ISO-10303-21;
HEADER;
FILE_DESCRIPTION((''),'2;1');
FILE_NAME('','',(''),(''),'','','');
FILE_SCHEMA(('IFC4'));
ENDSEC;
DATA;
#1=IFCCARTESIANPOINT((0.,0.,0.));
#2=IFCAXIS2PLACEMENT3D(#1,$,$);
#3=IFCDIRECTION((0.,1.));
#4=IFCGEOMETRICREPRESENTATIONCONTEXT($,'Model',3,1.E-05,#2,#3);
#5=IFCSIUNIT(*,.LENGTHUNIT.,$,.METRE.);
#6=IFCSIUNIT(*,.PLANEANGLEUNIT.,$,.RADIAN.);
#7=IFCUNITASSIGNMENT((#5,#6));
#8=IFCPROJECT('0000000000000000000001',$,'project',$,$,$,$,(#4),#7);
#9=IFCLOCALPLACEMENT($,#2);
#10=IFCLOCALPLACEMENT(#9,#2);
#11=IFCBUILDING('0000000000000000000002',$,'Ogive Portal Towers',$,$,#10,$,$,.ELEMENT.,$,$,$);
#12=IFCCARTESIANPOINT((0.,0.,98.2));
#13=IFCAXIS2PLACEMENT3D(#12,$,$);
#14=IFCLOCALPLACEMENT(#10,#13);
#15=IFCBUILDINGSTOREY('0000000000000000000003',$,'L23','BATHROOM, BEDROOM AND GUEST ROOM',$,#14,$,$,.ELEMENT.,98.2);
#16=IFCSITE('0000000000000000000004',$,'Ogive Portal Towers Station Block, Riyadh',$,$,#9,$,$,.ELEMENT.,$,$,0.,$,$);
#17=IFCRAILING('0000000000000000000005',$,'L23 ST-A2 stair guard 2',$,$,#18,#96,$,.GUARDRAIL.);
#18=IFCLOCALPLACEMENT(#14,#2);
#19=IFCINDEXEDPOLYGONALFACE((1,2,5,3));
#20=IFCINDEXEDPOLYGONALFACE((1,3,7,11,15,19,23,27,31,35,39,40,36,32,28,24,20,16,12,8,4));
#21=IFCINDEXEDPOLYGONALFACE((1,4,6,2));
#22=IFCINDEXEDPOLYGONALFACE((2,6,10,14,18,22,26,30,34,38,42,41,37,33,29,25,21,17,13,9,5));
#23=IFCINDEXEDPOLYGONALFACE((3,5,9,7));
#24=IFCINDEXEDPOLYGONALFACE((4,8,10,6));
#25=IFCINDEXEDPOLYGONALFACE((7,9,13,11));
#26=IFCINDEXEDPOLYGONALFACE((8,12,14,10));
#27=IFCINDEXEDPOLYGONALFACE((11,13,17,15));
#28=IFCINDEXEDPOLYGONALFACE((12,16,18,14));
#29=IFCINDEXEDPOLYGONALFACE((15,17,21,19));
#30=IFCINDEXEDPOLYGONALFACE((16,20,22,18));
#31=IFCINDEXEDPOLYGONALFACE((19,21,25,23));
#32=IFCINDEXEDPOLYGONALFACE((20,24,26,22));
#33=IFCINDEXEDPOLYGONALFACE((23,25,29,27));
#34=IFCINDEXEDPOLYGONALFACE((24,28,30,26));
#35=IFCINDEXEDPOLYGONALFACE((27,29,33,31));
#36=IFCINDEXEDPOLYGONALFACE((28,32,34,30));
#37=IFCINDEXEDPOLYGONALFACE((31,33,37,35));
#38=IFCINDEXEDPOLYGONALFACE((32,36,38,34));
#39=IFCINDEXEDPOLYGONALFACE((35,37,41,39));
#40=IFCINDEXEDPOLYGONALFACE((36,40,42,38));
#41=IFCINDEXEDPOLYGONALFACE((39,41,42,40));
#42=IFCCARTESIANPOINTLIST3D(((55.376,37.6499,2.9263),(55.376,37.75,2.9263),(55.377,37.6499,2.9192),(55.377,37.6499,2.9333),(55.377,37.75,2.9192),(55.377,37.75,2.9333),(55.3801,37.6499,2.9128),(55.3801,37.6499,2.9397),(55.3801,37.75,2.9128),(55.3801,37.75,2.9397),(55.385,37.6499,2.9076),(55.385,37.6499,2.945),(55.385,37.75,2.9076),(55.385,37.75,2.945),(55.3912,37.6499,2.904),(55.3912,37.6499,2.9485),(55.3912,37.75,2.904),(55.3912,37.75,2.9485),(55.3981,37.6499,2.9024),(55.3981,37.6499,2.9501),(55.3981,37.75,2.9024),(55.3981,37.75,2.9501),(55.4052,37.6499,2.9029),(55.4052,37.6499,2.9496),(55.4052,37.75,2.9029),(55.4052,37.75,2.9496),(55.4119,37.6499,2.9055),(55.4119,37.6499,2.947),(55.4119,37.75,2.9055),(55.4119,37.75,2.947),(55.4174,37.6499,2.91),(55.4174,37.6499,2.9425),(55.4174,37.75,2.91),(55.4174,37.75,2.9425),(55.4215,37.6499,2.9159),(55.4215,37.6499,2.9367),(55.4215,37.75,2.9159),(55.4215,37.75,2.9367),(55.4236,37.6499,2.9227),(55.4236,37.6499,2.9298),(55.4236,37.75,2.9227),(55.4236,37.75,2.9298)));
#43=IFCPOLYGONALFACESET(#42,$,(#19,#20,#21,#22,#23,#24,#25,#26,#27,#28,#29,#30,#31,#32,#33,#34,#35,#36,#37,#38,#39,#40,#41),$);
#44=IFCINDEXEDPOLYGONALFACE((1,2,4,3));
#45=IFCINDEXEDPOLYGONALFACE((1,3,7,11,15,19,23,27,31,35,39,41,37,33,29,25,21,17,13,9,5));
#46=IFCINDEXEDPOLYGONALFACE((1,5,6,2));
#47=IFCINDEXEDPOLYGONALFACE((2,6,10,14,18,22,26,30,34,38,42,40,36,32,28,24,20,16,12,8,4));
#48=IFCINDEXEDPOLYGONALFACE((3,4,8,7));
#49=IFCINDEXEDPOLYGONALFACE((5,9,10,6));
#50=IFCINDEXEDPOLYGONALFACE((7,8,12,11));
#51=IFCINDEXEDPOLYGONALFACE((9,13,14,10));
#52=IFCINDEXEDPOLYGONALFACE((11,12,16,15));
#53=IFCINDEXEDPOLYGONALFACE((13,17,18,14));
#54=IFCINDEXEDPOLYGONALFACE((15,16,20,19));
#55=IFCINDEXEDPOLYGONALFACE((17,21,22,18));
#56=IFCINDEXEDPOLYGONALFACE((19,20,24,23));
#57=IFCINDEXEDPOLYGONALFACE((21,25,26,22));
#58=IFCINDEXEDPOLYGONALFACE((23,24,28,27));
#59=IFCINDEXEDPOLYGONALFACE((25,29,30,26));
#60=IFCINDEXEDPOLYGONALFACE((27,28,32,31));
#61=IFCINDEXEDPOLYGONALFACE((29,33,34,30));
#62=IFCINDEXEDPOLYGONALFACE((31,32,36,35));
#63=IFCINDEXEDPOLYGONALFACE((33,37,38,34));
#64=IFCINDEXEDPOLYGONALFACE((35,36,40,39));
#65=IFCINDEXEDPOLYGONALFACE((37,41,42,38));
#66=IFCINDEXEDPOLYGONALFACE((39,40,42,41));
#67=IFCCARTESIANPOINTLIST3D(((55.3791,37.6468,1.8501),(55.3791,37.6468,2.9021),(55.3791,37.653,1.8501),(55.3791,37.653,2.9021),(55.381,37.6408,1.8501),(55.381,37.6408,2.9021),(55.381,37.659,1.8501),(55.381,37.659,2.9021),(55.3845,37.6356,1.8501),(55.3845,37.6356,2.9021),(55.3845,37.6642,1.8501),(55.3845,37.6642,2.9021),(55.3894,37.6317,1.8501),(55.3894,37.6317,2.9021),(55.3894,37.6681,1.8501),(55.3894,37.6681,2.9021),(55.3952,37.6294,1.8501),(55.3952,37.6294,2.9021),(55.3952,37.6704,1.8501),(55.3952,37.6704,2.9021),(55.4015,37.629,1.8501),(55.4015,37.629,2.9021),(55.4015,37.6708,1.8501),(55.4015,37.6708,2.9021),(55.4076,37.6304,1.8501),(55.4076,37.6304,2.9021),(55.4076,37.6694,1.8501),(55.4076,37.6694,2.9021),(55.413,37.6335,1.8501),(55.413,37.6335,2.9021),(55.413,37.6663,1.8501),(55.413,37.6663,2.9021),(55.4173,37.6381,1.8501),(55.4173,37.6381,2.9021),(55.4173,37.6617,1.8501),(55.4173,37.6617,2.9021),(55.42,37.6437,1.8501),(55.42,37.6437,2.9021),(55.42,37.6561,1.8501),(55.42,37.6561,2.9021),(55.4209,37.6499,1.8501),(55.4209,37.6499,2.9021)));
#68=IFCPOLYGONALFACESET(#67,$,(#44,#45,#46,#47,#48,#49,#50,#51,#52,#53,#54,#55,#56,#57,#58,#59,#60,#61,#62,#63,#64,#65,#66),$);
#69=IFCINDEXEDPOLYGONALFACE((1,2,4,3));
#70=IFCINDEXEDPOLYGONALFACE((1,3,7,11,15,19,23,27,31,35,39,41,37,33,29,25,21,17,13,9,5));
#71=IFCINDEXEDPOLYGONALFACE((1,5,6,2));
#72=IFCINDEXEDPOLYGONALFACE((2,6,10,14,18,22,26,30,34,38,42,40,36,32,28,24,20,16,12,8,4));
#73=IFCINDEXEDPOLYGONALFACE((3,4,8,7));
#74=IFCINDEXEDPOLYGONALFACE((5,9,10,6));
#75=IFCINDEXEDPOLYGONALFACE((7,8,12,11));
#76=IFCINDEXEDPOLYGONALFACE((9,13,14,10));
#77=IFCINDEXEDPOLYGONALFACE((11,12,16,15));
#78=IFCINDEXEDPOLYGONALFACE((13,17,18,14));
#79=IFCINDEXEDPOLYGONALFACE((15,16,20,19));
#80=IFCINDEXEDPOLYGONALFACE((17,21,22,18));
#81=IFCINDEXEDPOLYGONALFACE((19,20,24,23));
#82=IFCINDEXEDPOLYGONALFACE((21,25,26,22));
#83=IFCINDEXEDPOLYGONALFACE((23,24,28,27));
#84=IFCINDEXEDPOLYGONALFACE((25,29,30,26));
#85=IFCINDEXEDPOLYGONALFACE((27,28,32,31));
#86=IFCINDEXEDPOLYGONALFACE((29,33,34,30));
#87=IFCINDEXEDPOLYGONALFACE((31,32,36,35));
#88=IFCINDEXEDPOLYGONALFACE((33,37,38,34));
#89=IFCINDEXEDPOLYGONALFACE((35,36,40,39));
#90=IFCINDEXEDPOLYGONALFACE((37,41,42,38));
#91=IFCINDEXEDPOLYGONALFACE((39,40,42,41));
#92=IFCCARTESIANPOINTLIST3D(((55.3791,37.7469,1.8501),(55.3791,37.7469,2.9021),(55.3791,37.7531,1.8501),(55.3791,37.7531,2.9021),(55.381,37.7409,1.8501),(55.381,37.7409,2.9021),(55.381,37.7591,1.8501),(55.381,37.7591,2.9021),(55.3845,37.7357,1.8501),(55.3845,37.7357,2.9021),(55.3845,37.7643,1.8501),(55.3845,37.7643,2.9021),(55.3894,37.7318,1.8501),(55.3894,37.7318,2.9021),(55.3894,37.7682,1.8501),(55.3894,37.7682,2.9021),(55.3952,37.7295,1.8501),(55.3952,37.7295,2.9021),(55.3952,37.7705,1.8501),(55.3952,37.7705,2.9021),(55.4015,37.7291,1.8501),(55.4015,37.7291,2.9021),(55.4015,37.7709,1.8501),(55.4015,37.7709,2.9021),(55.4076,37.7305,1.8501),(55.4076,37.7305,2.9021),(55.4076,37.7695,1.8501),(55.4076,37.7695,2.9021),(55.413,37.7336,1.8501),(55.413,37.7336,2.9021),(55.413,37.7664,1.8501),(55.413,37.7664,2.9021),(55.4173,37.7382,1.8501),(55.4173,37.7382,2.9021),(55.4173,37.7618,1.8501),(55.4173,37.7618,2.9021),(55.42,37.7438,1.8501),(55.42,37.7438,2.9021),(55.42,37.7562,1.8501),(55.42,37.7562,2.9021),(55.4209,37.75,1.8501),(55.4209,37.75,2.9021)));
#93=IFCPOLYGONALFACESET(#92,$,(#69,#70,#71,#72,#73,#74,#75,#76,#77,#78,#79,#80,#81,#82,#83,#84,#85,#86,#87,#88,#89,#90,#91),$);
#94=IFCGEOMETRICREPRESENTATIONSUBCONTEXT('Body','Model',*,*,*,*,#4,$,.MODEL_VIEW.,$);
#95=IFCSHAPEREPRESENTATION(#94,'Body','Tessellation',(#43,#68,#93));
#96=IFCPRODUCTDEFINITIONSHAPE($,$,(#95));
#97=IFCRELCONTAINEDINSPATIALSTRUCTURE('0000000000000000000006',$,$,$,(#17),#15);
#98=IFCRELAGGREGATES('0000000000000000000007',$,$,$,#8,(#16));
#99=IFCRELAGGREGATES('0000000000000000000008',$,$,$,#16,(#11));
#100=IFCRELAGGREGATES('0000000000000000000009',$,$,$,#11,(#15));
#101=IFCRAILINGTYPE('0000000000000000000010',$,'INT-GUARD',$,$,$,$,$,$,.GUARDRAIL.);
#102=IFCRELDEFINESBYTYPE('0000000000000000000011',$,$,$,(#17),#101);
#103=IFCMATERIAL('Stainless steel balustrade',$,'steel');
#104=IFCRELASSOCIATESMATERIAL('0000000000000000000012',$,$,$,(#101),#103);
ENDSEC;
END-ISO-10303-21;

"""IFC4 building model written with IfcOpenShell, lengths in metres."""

from ifc_helpers import new_model, si_unit, direction, frame, origin, origin_2d, place, context, subcontext, project, spatial, circle, extrude, material, type_object, element, save


model = new_model("IFC4")

# Units and contexts
model_context = context("Model", 3, precision=1e-05, world=origin(), true_north=direction((0.0, 1.0)))
body_context = subcontext(model_context, "Body", "Model", "MODEL_VIEW")
ifc_project = project(units=[si_unit("LENGTHUNIT", "METRE"), si_unit("PLANEANGLEUNIT", "RADIAN")], contexts=[model_context])

# Site, building, storey
site_placement = place(None, origin())
site = spatial("IfcSite", under=ifc_project, at=site_placement, Name="Ogive Portal Towers Station Block, Riyadh", CompositionType="ELEMENT", RefElevation=0.0)
building_placement = place(site_placement, origin())
building = spatial("IfcBuilding", under=site, at=building_placement, Name="Ogive Portal Towers", CompositionType="ELEMENT")
storey_placement = place(building_placement, frame((0.0, 0.0, 98.2)))
storey = spatial("IfcBuildingStorey", under=building, at=storey_placement, Name="L23", Description="BATHROOM, BEDROOM AND GUEST ROOM", CompositionType="ELEMENT", Elevation=98.2)

# Railing
ifc_material_1 = material(Name="Stainless steel balustrade", Category="steel")
railing_type_1 = type_object("IfcRailingType", Name="INT-GUARD", PredefinedType="GUARDRAIL", material=ifc_material_1)
railing_1_placement = place(storey_placement, frame((55.3999, 37.6499, 1.8501)))
element("IfcRailing", 1, at=railing_1_placement, inside=storey, type_object=railing_type_1, Name="L23 ST-A2 stair guard 2", PredefinedType="GUARDRAIL", context=body_context, shape_type="SweptSolid", body=[
    extrude(circle(Radius=0.0239, at=origin_2d()), frame((0.0, 0.0, 1.0762), z_axis=(0.0, 1.0, 0.0), x_axis=(-1.0, 0.0, 0.0)), (0.0, 0.0, 1.0), 0.1001),
    extrude(circle(Radius=0.021, at=origin_2d()), origin(), (0.0, 0.0, 1.0), 1.052),
    extrude(circle(Radius=0.021, at=origin_2d()), frame((0.0, 0.1001, 0.0)), (0.0, 0.0, 1.0), 1.052),
])

save(model, "model.ifc")
